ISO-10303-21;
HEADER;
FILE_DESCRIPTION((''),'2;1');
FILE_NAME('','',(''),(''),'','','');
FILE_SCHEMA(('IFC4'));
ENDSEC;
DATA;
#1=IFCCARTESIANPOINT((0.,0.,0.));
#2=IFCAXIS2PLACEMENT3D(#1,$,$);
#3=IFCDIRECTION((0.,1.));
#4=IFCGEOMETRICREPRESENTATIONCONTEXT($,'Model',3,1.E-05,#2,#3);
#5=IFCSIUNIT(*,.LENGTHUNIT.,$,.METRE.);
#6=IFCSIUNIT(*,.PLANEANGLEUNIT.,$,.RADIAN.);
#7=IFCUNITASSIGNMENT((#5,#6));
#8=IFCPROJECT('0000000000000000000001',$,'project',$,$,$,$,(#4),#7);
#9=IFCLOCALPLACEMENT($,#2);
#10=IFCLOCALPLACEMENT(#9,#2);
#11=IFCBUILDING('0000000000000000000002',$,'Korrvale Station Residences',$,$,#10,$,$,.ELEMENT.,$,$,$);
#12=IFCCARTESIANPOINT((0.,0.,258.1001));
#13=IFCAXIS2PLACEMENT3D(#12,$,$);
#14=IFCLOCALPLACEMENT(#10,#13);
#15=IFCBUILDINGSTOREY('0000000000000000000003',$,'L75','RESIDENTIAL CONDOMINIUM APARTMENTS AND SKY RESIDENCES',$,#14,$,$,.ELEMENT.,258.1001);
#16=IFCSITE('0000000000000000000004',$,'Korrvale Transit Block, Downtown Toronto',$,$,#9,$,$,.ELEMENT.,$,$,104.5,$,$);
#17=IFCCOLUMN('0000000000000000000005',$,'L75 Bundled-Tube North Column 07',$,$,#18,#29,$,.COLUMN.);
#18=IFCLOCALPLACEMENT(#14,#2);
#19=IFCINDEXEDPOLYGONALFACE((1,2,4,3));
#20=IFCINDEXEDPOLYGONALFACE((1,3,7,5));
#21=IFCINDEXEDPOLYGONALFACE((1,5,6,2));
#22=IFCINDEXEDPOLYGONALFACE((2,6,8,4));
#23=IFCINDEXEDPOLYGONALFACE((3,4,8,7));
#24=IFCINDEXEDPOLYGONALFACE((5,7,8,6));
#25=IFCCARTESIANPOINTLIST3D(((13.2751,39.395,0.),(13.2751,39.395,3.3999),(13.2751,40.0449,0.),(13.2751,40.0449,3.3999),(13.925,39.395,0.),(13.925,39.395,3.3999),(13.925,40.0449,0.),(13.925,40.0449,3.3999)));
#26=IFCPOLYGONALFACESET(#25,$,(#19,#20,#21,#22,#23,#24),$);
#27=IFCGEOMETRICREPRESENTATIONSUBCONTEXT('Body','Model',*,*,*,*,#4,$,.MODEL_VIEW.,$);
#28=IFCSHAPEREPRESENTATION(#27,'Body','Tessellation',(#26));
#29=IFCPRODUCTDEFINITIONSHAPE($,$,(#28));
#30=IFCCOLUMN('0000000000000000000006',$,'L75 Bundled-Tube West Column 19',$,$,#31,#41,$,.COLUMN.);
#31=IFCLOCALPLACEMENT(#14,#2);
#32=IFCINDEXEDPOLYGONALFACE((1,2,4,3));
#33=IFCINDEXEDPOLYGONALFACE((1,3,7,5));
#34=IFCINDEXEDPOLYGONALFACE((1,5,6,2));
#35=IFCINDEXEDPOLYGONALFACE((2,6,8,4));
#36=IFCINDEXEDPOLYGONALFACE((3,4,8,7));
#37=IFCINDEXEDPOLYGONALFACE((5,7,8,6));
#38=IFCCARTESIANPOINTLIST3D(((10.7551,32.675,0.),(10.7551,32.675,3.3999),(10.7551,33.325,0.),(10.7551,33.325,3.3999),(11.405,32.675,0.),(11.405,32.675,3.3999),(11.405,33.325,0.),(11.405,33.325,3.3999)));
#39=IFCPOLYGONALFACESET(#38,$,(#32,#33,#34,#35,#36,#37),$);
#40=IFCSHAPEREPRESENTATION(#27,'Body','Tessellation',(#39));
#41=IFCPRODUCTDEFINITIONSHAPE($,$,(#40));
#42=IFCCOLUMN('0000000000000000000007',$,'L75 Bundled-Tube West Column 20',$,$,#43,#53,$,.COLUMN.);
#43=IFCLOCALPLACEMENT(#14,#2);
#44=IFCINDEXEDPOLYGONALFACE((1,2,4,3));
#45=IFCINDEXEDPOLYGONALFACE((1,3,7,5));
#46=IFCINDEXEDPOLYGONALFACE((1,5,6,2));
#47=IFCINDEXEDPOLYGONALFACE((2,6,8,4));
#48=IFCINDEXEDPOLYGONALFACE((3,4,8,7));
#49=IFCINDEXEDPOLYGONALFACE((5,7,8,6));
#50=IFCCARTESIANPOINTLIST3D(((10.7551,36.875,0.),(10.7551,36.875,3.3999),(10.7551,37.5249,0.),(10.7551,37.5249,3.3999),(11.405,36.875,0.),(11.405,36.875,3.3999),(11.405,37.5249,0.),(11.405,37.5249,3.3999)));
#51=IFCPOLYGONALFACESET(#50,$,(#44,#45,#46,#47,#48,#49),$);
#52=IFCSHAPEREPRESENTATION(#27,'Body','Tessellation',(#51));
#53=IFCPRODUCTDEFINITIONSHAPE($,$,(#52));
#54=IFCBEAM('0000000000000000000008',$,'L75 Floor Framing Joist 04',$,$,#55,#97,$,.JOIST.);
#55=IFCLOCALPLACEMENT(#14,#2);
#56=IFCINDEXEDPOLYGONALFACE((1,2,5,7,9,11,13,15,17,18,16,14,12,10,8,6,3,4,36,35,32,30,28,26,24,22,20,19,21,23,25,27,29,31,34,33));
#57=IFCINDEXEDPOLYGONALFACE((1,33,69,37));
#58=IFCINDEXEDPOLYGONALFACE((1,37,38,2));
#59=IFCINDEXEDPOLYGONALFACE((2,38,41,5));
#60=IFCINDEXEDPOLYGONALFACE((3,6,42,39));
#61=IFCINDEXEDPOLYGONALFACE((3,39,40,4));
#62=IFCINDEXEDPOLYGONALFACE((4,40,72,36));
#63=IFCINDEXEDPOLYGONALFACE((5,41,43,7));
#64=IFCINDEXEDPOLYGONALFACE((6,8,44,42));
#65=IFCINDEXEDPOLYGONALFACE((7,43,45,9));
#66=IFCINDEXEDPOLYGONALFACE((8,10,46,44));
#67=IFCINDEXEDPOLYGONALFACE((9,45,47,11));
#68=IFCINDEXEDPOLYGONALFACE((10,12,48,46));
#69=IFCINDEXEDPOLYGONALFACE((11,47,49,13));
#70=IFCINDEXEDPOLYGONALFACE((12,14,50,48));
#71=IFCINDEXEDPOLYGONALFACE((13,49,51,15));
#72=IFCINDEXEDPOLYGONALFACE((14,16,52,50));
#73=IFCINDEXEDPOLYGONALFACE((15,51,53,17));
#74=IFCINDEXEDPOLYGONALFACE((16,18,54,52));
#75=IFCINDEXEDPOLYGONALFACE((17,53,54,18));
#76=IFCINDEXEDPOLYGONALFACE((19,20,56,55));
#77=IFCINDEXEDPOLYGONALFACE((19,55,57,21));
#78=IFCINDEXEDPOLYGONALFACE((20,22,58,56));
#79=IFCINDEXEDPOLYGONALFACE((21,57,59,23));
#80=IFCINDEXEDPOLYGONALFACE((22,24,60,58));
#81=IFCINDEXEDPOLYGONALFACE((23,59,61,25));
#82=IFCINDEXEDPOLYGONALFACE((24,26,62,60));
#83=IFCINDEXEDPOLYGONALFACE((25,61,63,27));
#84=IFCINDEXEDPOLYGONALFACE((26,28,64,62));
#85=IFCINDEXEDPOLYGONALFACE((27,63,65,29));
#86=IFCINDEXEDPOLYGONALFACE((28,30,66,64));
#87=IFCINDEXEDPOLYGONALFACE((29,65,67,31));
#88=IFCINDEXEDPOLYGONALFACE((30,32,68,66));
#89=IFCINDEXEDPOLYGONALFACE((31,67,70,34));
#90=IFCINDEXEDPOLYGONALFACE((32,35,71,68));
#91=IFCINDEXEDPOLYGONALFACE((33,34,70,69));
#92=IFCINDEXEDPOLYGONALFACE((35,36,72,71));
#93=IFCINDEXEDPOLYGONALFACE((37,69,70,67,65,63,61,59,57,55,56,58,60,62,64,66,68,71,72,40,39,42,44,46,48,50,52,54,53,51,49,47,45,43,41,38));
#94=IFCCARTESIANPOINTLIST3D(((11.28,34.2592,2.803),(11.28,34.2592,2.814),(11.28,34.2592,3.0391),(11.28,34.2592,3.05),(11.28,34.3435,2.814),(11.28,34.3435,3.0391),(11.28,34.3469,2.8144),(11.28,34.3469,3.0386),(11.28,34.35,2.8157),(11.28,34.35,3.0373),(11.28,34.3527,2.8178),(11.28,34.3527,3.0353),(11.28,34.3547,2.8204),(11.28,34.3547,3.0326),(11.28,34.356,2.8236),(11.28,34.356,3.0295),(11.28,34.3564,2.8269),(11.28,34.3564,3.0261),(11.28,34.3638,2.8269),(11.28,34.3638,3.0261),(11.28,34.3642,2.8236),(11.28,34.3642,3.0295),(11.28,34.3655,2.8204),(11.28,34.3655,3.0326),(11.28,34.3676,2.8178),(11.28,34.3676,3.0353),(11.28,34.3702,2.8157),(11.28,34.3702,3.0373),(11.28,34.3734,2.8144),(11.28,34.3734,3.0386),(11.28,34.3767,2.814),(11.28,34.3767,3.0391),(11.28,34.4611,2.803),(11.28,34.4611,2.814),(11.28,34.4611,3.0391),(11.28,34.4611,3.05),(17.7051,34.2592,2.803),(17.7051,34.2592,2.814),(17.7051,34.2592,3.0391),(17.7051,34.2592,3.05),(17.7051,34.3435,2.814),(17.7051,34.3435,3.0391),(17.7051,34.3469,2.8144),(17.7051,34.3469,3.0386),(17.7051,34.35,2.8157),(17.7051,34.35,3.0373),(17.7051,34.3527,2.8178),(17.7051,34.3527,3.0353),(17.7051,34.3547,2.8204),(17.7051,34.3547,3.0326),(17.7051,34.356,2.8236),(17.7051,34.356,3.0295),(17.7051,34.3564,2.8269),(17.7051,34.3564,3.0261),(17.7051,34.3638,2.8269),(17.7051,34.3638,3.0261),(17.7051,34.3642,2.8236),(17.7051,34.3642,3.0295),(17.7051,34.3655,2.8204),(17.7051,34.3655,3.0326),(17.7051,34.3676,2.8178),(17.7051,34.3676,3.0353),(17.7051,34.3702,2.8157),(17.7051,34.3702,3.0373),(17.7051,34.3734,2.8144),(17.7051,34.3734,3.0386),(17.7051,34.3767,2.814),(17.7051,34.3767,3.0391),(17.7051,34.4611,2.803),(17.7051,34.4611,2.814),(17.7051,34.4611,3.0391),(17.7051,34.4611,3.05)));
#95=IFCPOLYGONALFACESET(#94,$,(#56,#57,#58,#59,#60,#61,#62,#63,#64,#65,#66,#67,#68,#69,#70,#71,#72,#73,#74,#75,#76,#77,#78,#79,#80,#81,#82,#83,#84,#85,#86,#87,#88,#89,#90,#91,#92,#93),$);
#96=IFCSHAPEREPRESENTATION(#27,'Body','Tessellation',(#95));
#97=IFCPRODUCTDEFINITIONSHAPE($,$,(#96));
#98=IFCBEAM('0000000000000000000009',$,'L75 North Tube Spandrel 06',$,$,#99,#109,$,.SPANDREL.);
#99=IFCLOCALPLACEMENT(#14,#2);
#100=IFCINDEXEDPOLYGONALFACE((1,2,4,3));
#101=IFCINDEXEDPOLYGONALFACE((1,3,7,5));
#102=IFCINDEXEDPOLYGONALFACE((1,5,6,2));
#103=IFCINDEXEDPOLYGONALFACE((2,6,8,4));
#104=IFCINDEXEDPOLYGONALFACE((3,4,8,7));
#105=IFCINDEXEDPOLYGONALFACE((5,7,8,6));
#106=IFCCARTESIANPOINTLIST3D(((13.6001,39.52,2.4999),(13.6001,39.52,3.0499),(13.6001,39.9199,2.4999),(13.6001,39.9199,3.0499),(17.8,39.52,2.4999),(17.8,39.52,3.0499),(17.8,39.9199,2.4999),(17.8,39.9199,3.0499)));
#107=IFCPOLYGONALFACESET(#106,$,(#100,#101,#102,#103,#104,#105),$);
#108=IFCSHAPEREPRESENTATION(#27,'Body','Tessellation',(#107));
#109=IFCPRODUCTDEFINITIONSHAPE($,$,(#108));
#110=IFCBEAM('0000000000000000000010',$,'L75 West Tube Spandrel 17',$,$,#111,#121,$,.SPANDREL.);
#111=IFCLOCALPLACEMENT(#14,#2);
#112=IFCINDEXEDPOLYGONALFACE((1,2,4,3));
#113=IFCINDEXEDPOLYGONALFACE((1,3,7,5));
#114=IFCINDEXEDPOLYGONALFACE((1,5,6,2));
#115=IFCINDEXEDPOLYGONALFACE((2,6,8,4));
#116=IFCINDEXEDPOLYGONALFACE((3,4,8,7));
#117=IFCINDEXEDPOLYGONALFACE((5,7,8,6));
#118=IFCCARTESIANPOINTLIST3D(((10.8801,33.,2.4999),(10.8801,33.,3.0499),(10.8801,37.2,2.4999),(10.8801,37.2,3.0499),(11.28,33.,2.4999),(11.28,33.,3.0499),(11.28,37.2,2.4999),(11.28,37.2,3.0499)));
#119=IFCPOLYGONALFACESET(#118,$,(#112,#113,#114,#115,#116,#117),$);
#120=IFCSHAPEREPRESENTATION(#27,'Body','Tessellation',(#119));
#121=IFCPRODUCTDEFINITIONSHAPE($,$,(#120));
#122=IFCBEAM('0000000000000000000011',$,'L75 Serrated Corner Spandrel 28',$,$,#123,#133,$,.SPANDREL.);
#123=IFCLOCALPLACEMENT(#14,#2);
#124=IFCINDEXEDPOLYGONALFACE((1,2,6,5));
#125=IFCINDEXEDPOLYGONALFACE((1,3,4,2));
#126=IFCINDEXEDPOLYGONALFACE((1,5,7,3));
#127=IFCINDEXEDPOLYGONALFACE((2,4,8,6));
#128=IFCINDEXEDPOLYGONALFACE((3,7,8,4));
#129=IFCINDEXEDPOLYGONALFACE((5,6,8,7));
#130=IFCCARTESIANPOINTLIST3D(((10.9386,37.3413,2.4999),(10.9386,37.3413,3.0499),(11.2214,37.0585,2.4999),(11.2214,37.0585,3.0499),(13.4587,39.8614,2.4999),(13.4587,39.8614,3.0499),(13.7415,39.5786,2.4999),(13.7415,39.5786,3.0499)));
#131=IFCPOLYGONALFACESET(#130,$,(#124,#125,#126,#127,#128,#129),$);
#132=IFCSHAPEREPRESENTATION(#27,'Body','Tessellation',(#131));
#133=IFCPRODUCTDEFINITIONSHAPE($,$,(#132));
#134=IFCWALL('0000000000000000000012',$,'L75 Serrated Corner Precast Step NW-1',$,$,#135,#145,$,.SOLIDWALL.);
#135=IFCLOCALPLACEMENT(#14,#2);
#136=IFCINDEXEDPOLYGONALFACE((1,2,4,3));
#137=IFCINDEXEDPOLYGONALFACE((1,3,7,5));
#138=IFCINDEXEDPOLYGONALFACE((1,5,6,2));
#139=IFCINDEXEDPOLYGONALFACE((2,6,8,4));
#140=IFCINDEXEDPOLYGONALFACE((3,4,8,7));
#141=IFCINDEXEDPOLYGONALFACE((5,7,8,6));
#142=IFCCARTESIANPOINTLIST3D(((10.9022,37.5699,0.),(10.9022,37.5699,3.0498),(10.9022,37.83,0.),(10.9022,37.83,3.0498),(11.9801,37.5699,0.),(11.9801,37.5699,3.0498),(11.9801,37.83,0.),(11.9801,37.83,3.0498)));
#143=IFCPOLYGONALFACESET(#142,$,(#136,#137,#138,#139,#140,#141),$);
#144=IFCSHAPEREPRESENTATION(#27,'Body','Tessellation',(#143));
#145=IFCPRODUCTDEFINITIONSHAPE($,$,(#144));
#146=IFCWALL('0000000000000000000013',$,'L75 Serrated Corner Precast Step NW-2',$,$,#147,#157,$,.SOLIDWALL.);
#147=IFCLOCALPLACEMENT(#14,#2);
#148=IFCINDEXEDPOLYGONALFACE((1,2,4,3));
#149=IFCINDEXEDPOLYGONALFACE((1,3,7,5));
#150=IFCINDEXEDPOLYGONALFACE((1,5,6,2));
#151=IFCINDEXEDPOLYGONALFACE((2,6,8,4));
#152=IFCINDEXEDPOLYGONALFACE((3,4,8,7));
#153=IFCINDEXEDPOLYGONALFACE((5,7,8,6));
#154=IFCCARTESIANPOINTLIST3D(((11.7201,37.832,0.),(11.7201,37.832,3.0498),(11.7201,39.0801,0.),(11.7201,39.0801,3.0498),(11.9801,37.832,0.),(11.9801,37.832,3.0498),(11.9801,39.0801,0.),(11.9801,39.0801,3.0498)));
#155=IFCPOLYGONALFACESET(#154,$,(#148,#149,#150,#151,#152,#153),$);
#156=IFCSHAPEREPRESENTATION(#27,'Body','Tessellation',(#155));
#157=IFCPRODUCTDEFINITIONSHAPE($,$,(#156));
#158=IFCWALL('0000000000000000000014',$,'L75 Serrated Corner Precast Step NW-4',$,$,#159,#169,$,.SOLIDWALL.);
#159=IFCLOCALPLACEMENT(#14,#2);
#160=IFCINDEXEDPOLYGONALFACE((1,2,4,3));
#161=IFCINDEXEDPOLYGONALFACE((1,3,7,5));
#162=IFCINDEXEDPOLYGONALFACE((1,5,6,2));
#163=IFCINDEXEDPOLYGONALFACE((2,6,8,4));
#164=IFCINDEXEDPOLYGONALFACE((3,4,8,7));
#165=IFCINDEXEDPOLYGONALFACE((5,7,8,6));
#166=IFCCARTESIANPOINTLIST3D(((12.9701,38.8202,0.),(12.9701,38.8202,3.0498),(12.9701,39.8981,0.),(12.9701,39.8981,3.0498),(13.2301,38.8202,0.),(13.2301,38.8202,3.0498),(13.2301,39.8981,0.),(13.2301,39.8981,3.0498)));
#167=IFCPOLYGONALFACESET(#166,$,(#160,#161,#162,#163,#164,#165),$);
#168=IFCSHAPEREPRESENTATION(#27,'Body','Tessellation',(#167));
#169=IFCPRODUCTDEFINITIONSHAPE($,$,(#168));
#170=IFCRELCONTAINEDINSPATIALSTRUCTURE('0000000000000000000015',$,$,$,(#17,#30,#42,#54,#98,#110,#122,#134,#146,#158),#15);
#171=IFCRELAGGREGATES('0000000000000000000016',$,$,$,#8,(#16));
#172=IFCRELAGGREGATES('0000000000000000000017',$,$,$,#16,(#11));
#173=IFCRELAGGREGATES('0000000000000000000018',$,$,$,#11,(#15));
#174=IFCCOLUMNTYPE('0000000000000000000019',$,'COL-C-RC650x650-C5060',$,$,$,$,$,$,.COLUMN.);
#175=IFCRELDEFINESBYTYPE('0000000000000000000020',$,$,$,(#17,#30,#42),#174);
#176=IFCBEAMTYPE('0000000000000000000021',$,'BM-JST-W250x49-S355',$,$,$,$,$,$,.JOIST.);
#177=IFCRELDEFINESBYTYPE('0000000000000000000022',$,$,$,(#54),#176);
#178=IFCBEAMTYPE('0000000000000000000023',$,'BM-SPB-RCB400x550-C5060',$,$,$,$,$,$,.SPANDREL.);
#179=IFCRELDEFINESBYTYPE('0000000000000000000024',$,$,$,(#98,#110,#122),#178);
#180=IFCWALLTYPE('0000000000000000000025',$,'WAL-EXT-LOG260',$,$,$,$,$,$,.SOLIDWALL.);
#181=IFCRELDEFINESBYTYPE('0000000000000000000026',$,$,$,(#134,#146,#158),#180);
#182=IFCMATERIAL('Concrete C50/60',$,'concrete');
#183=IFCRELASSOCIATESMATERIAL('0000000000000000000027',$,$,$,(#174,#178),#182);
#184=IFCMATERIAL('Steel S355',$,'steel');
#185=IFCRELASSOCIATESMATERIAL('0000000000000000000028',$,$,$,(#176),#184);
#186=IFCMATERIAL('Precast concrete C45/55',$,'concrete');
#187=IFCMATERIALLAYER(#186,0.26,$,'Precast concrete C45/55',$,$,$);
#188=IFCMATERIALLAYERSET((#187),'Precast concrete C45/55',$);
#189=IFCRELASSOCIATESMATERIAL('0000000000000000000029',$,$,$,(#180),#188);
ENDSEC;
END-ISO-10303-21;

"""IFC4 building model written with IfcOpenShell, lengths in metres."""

from ifc_helpers import new_model, si_unit, direction, frame, frame_2d, origin, origin_2d, place, context, subcontext, project, spatial, rectangle, i_section, extrude, material, layer, layer_set, material_profile, profile_set, type_object, element, save


model = new_model("IFC4")

# Units and contexts
model_context = context("Model", 3, precision=1e-05, world=origin(), true_north=direction((0.0, 1.0)))
body_context = subcontext(model_context, "Body", "Model", "MODEL_VIEW")
ifc_project = project(units=[si_unit("LENGTHUNIT", "METRE"), si_unit("PLANEANGLEUNIT", "RADIAN")], contexts=[model_context])

# Site, building, storey
site_placement = place(None, origin())
site = spatial("IfcSite", under=ifc_project, at=site_placement, Name="Korrvale Transit Block, Downtown Toronto", CompositionType="ELEMENT", RefElevation=104.5)
building_placement = place(site_placement, origin())
building = spatial("IfcBuilding", under=site, at=building_placement, Name="Korrvale Station Residences", CompositionType="ELEMENT")
storey_placement = place(building_placement, frame((0.0, 0.0, 258.1001)))
storey = spatial("IfcBuildingStorey", under=building, at=storey_placement, Name="L75", Description="RESIDENTIAL CONDOMINIUM APARTMENTS AND SKY RESIDENCES", CompositionType="ELEMENT", Elevation=258.1001)

# Columns
ifc_material_1 = material(Name="Concrete C50/60", Category="concrete")
ifc_material_profile_1 = material_profile(ifc_material_1, rectangle(XDim=0.6499, YDim=0.6499, at=origin_2d()), Name="RC650x650")
ifc_profile_set_1 = profile_set([ifc_material_profile_1], Name="Concrete C50/60")
column_type = type_object("IfcColumnType", Name="COL-C-RC650x650-C5060", PredefinedType="COLUMN", material=ifc_profile_set_1)
for number, where, z_axis, x_axis, name in (
    (1, (13.6001, 39.72, 0.0), (0.0, 0.0, 1.0), (1.0, 0.0, 0.0), "L75 Bundled-Tube North Column 07"),
    (2, (11.0801, 33.0, 0.0), (0.0, 0.0, 1.0), (1.0, 0.0, 0.0), "L75 Bundled-Tube West Column 19"),
    (3, (11.0801, 37.2, 0.0), (0.0, 0.0, 1.0), (1.0, 0.0, 0.0), "L75 Bundled-Tube West Column 20"),
):
    element("IfcColumn", number, at=place(storey_placement, frame(where, z_axis=z_axis, x_axis=x_axis)), inside=storey, type_object=column_type, Name=name, PredefinedType="COLUMN", context=body_context, shape_type="SweptSolid", body=[
        extrude(rectangle(XDim=0.6499, YDim=0.6499, at=origin_2d()), origin(), (0.0, 0.0, 1.0), 3.3999),
    ])

# Beams
ifc_material_2 = material(Name="Steel S355", Category="steel")
ifc_material_profile_2 = material_profile(ifc_material_2, i_section(OverallWidth=0.2019, OverallDepth=0.2471, WebThickness=0.0073, FlangeThickness=0.011, FilletRadius=0.0129, at=origin_2d()), Name="W250x49")
ifc_profile_set_2 = profile_set([ifc_material_profile_2], Name="Steel S355")
beam_type_1 = type_object("IfcBeamType", Name="BM-JST-W250x49-S355", PredefinedType="JOIST", material=ifc_profile_set_2)
beam_1_placement = place(storey_placement, frame((11.28, 34.3601, 2.9265), z_axis=(1.0, 0.0, 0.0), x_axis=(0.0, 1.0, 0.0)))
element("IfcBeam", 4, at=beam_1_placement, inside=storey, type_object=beam_type_1, Name="L75 Floor Framing Joist 04", PredefinedType="JOIST", context=body_context, shape_type="SweptSolid", body=[
    extrude(i_section(OverallWidth=0.2019, OverallDepth=0.2471, WebThickness=0.0073, FlangeThickness=0.011, FilletRadius=0.0129, at=origin_2d()), origin(), (0.0, 0.0, 1.0), 6.425),
])
ifc_material_profile_3 = material_profile(ifc_material_1, rectangle(XDim=0.3999, YDim=0.55, at=origin_2d()), Name="RCB400x550")
ifc_profile_set_3 = profile_set([ifc_material_profile_3], Name="Concrete C50/60")
beam_type_2 = type_object("IfcBeamType", Name="BM-SPB-RCB400x550-C5060", PredefinedType="SPANDREL", material=ifc_profile_set_3)
for number, where, z_axis, x_axis, name in (
    (5, (13.6001, 39.72, 2.7749), (1.0, 0.0, 0.0), (0.0, 1.0, 0.0), "L75 North Tube Spandrel 06"),
    (6, (11.0801, 33.0, 2.7749), (0.0, 1.0, 0.0), (-1.0, 0.0, 0.0), "L75 West Tube Spandrel 17"),
):
    element("IfcBeam", number, at=place(storey_placement, frame(where, z_axis=z_axis, x_axis=x_axis)), inside=storey, type_object=beam_type_2, Name=name, PredefinedType="SPANDREL", context=body_context, shape_type="SweptSolid", body=[
        extrude(rectangle(XDim=0.3999, YDim=0.55, at=origin_2d()), origin(), (0.0, 0.0, 1.0), 4.2),
    ])
beam_2_placement = place(storey_placement, frame((13.6001, 39.72, 2.7749), z_axis=(-0.707107, -0.707107, 0.0), x_axis=(0.707107, -0.707107, 0.0)))
element("IfcBeam", 7, at=beam_2_placement, inside=storey, type_object=beam_type_2, Name="L75 Serrated Corner Spandrel 28", PredefinedType="SPANDREL", context=body_context, shape_type="SweptSolid", body=[
    extrude(rectangle(XDim=0.3999, YDim=0.55, at=origin_2d()), origin(), (0.0, 0.0, 1.0), 3.564),
])

# Walls
ifc_material_3 = material(Name="Precast concrete C45/55", Category="concrete")
ifc_layer_1 = layer(ifc_material_3, 0.26, Name="Precast concrete C45/55")
ifc_layer_set_1 = layer_set([ifc_layer_1], Name="Precast concrete C45/55")
wall_type_1 = type_object("IfcWallType", Name="WAL-EXT-LOG260", PredefinedType="SOLIDWALL", material=ifc_layer_set_1)
wall_1_placement = place(storey_placement, frame((10.9021, 37.7, 0.0), z_axis=(0.0, 0.0, 1.0), x_axis=(1.0, 0.0, 0.0)))
element("IfcWall", 8, at=wall_1_placement, inside=storey, type_object=wall_type_1, Name="L75 Serrated Corner Precast Step NW-1", PredefinedType="SOLIDWALL", context=body_context, shape_type="SweptSolid", body=[
    extrude(rectangle(XDim=1.0779, YDim=0.26, at=frame_2d((0.5391, 0.0))), origin(), (0.0, 0.0, 1.0), 3.0498),
])
wall_2_placement = place(storey_placement, frame((11.8501, 37.832, 0.0), z_axis=(0.0, 0.0, 1.0), x_axis=(0.0, 1.0, 0.0)))
element("IfcWall", 9, at=wall_2_placement, inside=storey, type_object=wall_type_1, Name="L75 Serrated Corner Precast Step NW-2", PredefinedType="SOLIDWALL", context=body_context, shape_type="SweptSolid", body=[
    extrude(rectangle(XDim=1.248, YDim=0.26, at=frame_2d((0.624, 0.0))), origin(), (0.0, 0.0, 1.0), 3.0498),
])
wall_3_placement = place(storey_placement, frame((13.1001, 38.8201, 0.0), z_axis=(0.0, 0.0, 1.0), x_axis=(0.0, 1.0, 0.0)))
element("IfcWall", 10, at=wall_3_placement, inside=storey, type_object=wall_type_1, Name="L75 Serrated Corner Precast Step NW-4", PredefinedType="SOLIDWALL", context=body_context, shape_type="SweptSolid", body=[
    extrude(rectangle(XDim=1.0779, YDim=0.26, at=frame_2d((0.5391, 0.0))), origin(), (0.0, 0.0, 1.0), 3.0498),
])

save(model, "model.ifc")
